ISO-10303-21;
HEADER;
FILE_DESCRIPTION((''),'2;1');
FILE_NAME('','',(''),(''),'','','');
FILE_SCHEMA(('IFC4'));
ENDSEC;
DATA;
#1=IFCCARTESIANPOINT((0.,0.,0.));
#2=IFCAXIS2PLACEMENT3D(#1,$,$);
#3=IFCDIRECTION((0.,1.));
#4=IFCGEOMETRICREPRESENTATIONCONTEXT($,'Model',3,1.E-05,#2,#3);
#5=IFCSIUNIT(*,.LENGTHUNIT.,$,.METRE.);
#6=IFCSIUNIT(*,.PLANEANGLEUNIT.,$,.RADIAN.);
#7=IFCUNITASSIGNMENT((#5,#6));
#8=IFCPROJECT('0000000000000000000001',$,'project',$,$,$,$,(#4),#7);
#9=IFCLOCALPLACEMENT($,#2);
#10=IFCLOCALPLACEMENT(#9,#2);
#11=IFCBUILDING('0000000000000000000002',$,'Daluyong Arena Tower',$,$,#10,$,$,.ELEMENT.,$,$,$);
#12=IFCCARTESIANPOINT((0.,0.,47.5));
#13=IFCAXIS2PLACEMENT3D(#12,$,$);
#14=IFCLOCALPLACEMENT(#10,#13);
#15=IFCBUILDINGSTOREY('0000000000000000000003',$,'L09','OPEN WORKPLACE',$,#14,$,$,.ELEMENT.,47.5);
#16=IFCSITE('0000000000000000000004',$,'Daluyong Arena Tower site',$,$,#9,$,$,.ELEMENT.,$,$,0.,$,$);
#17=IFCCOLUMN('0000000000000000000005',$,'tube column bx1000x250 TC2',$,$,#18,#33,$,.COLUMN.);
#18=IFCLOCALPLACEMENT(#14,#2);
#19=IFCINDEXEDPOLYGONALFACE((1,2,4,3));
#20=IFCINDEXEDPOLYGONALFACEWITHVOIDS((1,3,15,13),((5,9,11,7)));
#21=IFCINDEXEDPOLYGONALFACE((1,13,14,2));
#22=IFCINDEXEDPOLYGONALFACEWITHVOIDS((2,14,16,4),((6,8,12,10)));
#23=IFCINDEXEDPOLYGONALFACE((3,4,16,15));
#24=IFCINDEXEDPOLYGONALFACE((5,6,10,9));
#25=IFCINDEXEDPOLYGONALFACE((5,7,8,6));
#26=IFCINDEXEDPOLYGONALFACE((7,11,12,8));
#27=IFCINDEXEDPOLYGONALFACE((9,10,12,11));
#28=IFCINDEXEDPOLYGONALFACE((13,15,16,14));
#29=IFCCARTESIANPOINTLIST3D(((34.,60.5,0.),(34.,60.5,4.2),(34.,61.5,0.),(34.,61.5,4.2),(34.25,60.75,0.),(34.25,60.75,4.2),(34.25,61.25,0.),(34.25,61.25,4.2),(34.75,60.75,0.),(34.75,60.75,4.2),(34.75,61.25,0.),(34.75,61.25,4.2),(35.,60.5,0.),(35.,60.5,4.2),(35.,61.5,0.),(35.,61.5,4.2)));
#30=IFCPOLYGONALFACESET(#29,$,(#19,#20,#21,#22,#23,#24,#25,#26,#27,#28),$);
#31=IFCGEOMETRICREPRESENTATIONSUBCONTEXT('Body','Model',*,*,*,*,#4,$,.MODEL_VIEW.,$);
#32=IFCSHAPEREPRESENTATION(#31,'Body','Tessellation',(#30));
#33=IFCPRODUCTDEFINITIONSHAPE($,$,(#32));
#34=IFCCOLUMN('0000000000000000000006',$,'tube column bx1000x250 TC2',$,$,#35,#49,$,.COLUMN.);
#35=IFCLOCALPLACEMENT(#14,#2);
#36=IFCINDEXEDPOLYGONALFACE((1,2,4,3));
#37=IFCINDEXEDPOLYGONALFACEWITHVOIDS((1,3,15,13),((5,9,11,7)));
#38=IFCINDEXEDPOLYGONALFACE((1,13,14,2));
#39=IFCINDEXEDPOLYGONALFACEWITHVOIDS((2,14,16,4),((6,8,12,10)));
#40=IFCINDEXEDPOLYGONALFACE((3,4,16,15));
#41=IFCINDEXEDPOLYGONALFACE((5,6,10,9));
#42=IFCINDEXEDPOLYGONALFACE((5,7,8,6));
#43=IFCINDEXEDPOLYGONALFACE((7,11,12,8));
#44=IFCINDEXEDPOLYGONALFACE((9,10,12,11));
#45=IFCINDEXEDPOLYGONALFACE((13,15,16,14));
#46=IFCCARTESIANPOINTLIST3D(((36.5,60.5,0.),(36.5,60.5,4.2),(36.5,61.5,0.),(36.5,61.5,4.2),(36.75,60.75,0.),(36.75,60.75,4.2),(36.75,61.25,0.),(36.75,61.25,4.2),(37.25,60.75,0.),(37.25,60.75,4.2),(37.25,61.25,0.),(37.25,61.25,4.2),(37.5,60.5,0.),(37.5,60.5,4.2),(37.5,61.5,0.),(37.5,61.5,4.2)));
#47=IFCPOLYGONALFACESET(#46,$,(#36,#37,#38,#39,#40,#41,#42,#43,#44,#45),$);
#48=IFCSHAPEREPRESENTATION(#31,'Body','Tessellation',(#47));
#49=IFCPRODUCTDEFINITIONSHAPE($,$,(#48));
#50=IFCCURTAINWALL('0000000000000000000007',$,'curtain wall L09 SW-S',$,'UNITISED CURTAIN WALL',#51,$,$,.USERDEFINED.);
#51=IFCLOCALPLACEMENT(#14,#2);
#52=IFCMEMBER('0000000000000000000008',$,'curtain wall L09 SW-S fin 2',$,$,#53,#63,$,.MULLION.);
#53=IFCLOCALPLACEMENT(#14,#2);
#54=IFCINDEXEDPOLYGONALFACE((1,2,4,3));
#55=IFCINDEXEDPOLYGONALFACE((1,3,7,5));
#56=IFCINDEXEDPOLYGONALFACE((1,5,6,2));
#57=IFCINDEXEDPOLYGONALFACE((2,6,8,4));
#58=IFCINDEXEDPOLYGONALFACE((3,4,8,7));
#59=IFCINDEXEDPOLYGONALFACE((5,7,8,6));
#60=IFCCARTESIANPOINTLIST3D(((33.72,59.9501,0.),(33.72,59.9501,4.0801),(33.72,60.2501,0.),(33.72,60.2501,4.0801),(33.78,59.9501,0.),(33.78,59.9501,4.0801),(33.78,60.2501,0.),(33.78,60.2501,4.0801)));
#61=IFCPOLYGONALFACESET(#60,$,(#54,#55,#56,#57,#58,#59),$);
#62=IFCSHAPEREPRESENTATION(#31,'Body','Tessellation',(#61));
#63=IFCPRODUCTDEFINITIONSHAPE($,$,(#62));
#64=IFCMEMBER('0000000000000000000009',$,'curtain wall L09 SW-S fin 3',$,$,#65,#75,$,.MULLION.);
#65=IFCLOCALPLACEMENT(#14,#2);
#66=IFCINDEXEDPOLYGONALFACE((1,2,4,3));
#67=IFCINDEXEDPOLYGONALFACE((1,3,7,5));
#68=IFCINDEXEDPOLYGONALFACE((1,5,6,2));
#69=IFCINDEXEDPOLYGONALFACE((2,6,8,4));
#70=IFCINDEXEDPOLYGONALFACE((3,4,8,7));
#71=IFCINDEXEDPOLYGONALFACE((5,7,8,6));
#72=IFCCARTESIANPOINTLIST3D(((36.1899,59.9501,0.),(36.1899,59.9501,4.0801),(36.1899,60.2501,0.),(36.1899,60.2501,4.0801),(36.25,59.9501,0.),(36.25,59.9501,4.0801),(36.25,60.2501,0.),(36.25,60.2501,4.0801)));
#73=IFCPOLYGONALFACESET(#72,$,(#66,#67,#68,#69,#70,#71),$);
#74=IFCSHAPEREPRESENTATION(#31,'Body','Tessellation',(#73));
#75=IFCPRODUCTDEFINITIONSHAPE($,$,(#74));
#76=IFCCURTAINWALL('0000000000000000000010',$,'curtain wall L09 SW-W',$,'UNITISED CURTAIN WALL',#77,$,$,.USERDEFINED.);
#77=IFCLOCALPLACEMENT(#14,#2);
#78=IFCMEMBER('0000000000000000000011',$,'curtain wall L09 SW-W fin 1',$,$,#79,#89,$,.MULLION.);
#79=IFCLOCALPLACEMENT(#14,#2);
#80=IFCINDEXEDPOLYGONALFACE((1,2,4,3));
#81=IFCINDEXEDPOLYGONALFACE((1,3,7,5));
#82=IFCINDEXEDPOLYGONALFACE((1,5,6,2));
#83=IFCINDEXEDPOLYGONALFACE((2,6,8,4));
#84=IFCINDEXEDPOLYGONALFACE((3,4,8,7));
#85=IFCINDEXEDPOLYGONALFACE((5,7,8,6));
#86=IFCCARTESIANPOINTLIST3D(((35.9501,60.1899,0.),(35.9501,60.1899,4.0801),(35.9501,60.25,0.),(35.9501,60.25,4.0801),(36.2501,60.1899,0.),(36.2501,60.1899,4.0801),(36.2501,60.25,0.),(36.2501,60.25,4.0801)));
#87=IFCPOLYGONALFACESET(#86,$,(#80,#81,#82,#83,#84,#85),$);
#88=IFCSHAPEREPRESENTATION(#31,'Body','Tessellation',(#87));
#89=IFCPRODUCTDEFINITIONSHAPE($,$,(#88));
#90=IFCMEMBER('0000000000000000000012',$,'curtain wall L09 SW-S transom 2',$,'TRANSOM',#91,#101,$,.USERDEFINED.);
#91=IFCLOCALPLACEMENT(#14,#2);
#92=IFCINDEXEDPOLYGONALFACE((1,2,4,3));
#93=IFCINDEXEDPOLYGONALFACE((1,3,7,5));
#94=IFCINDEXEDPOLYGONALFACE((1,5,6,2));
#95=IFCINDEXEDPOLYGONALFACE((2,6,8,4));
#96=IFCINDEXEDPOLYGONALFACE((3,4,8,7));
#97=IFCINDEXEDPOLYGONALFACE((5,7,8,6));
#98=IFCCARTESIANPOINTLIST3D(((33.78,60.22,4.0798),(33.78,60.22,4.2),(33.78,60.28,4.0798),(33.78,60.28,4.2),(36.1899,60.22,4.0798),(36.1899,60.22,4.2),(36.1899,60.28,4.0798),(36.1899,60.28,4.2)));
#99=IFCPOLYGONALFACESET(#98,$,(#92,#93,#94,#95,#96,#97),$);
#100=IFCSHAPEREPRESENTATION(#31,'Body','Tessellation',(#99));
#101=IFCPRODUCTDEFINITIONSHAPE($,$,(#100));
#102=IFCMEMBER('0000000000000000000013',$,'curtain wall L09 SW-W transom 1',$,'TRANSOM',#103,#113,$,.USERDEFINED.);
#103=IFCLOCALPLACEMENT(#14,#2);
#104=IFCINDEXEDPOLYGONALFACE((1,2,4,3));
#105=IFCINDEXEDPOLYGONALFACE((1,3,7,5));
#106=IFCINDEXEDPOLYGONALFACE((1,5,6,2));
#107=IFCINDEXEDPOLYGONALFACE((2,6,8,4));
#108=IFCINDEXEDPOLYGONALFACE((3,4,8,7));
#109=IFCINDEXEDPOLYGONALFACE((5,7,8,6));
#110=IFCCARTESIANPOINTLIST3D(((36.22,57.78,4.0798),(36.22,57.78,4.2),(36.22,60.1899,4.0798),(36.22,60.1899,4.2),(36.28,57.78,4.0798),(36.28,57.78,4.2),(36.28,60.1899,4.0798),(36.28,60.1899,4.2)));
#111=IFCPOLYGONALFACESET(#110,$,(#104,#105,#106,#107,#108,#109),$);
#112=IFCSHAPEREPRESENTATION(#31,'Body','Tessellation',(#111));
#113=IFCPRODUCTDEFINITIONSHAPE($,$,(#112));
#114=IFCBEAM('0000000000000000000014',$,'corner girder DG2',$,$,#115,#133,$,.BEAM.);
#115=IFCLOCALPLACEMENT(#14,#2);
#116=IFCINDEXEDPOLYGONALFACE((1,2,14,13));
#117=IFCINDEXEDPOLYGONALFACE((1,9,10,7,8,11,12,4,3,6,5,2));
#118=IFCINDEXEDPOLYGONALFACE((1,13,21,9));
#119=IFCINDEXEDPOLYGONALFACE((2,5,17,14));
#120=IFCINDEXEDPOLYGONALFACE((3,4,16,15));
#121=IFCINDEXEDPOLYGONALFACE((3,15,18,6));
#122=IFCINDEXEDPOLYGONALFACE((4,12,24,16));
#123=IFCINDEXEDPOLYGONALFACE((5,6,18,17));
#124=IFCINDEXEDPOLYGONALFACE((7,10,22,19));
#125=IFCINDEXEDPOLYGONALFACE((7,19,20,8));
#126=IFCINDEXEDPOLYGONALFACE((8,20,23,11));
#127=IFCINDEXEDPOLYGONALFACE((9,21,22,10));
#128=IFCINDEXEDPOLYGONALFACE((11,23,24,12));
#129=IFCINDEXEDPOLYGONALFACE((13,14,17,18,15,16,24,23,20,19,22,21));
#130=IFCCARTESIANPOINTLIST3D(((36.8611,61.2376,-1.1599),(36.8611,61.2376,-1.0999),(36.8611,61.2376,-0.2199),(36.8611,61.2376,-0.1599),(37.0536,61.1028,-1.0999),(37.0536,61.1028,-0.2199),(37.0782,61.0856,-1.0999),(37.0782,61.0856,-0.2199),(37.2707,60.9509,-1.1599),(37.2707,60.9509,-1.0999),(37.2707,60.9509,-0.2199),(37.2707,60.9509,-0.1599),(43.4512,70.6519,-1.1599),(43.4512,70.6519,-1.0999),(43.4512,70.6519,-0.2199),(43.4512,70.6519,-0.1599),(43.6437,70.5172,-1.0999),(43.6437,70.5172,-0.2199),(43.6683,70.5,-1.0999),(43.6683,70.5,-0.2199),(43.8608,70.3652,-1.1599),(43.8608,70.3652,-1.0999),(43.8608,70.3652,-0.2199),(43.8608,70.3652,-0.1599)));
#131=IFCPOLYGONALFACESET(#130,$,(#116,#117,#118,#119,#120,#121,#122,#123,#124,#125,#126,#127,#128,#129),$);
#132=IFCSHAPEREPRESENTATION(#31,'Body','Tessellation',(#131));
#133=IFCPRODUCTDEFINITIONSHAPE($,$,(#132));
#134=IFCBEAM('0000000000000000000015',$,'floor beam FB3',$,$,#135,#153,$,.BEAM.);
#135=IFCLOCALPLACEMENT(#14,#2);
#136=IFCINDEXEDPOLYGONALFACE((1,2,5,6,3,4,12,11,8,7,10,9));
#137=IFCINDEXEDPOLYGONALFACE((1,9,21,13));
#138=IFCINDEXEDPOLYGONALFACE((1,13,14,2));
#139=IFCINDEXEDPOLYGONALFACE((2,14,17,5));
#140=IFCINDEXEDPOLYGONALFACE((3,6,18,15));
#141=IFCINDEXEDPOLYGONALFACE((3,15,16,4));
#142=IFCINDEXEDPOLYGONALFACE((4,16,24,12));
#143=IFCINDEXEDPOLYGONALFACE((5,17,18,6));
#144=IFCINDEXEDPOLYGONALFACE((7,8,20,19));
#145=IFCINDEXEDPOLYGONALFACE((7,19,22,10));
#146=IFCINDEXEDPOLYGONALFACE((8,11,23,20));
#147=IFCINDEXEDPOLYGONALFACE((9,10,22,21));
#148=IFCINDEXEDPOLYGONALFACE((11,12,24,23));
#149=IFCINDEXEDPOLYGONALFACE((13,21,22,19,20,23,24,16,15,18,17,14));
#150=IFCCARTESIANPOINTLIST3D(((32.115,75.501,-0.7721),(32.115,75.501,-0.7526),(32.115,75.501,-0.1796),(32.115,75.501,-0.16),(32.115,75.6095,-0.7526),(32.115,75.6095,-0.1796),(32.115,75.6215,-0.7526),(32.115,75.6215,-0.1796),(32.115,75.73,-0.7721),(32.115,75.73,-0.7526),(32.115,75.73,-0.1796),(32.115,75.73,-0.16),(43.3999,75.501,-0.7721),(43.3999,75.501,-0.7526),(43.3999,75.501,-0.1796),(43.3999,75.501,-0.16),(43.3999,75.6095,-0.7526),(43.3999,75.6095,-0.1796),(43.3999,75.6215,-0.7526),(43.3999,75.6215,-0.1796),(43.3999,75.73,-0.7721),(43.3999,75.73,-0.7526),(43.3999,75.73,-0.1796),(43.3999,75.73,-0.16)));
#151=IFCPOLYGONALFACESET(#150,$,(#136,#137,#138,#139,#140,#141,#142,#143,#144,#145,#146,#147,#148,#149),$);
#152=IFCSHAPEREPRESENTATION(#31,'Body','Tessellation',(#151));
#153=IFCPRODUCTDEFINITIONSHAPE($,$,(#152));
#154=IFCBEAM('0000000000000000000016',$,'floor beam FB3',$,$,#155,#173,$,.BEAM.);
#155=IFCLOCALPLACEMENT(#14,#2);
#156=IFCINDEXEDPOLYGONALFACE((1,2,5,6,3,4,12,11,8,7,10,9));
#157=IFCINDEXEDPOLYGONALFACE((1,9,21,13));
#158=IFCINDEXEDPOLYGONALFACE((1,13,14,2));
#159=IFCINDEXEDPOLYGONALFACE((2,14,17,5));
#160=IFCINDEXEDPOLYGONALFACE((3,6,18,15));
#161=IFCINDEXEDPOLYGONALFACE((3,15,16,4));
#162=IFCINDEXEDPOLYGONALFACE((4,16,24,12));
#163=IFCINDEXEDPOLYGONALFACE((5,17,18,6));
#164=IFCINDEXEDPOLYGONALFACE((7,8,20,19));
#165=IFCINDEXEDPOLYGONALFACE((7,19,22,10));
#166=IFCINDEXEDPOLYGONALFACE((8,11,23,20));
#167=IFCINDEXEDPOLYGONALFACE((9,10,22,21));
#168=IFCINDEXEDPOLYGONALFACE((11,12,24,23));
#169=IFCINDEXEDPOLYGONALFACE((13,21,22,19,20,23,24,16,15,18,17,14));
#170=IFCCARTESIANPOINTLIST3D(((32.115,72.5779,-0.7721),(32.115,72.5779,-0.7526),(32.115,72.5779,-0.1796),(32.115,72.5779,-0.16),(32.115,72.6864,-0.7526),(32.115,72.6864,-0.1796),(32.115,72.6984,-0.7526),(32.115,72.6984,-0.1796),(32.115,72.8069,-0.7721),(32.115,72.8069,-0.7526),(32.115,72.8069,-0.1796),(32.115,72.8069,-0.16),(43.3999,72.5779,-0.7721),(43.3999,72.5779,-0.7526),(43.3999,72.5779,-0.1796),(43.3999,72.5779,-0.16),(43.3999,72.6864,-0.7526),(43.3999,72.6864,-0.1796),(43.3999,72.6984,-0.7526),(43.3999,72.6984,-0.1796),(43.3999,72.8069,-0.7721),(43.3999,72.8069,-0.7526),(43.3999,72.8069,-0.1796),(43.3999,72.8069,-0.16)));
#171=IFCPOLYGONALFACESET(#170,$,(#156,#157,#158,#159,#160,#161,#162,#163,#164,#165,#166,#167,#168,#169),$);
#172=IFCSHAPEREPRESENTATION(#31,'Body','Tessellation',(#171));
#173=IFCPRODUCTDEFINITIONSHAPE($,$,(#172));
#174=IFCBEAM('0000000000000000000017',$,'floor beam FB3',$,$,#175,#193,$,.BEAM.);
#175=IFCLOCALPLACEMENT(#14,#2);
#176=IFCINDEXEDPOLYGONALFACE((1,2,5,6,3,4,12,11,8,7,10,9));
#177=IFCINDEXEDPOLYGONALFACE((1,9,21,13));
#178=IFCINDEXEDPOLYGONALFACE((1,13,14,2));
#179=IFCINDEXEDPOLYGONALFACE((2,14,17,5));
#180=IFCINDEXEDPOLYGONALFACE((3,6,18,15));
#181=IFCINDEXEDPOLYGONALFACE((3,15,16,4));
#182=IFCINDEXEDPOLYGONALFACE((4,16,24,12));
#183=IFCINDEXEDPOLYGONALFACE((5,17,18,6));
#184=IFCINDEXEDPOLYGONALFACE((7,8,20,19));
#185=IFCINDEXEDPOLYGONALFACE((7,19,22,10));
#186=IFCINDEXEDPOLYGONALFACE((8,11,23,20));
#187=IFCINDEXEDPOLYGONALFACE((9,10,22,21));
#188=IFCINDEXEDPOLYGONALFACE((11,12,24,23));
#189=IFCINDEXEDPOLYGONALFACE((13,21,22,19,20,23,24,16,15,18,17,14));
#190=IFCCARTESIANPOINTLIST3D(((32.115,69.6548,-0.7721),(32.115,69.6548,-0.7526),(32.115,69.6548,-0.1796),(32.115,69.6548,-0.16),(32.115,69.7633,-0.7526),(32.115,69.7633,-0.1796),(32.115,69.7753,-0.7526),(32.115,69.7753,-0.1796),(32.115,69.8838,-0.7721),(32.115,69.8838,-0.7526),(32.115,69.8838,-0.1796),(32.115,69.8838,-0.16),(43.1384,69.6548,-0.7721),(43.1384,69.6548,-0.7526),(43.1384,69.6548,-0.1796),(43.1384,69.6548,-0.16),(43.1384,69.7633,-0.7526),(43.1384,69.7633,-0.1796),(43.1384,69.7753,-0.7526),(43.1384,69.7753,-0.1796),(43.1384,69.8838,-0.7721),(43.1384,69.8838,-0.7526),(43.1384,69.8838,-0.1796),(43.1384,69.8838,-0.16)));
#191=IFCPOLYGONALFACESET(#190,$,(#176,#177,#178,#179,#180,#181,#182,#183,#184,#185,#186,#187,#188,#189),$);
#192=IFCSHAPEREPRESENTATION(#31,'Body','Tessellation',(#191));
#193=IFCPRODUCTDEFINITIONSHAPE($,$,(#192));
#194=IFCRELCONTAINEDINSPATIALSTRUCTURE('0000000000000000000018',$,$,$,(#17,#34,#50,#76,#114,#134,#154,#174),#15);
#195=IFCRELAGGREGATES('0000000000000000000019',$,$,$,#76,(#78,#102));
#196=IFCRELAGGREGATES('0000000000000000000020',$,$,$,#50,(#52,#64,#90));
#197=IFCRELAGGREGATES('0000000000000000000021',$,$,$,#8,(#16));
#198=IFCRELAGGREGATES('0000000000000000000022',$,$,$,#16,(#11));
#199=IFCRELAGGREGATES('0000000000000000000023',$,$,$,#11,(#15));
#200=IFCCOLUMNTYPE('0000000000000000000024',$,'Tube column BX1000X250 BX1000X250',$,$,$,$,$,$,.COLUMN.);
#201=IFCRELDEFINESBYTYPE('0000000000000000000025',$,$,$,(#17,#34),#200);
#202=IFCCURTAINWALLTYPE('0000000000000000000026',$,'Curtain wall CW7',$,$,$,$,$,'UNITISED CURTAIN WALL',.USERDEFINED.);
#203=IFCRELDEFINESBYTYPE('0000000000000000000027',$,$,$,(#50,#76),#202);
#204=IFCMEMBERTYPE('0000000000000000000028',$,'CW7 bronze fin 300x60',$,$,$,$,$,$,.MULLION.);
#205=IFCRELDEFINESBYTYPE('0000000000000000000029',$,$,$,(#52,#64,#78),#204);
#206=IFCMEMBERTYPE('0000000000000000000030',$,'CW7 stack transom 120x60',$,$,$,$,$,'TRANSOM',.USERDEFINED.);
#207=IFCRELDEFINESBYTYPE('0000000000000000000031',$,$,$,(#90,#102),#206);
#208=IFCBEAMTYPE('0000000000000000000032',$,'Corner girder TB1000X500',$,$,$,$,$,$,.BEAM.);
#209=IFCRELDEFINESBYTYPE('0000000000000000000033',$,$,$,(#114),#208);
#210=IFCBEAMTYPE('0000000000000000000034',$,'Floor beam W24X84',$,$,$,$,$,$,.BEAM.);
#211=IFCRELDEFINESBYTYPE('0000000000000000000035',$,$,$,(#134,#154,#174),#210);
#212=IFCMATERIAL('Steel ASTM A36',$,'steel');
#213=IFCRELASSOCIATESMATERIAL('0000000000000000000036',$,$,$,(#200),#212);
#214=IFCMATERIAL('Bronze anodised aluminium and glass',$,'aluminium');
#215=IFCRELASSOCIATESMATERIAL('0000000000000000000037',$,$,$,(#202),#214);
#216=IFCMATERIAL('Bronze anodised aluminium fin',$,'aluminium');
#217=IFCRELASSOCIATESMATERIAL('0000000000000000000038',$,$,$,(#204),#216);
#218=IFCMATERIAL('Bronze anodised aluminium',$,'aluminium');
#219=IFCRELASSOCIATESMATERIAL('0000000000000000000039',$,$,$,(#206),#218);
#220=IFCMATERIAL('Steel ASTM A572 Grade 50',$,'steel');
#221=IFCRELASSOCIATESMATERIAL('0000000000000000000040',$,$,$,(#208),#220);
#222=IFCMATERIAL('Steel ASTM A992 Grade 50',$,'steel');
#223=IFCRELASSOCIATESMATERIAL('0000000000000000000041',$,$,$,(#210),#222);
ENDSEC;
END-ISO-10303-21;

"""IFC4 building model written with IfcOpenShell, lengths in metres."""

from ifc_helpers import new_model, si_unit, direction, frame, origin, origin_2d, place, context, subcontext, project, spatial, rectangle, hollow_rectangle, i_section, extrude, material, material_profile, profile_set, type_object, element, aggregate, save


model = new_model("IFC4")

# Units and contexts
model_context = context("Model", 3, precision=1e-05, world=origin(), true_north=direction((0.0, 1.0)))
body_context = subcontext(model_context, "Body", "Model", "MODEL_VIEW")
ifc_project = project(units=[si_unit("LENGTHUNIT", "METRE"), si_unit("PLANEANGLEUNIT", "RADIAN")], contexts=[model_context])

# Site, building, storey
site_placement = place(None, origin())
site = spatial("IfcSite", under=ifc_project, at=site_placement, Name="Daluyong Arena Tower site", CompositionType="ELEMENT", RefElevation=0.0)
building_placement = place(site_placement, origin())
building = spatial("IfcBuilding", under=site, at=building_placement, Name="Daluyong Arena Tower", CompositionType="ELEMENT")
storey_placement = place(building_placement, frame((0.0, 0.0, 47.5)))
storey = spatial("IfcBuildingStorey", under=building, at=storey_placement, Name="L09", Description="OPEN WORKPLACE", CompositionType="ELEMENT", Elevation=47.5)

# Columns
ifc_material_1 = material(Name="Steel ASTM A36", Category="steel")
ifc_material_profile_1 = material_profile(ifc_material_1, hollow_rectangle(XDim=1.0, YDim=1.0, WallThickness=0.25, at=origin_2d()))
ifc_profile_set_1 = profile_set([ifc_material_profile_1], Name="Steel ASTM A36")
column_type = type_object("IfcColumnType", Name="Tube column BX1000X250 BX1000X250", PredefinedType="COLUMN", material=ifc_profile_set_1)
for number, where, z_axis, x_axis, name in (
    (1, (34.5, 61.0, 0.0), (0.0, 0.0, 1.0), (1.0, 0.0, 0.0), "tube column bx1000x250 TC2"),
    (2, (37.0, 61.0, 0.0), (0.0, 0.0, 1.0), (0.0, 1.0, 0.0), "tube column bx1000x250 TC2"),
):
    element("IfcColumn", number, at=place(storey_placement, frame(where, z_axis=z_axis, x_axis=x_axis)), inside=storey, type_object=column_type, Name=name, PredefinedType="COLUMN", context=body_context, shape_type="SweptSolid", body=[
        extrude(hollow_rectangle(XDim=1.0, YDim=1.0, WallThickness=0.25, at=origin_2d()), origin(), (0.0, 0.0, 1.0), 4.2),
    ])

# Curtain wall, members
ifc_material_2 = material(Name="Bronze anodised aluminium and glass", Category="aluminium")
curtain_wall_type = type_object("IfcCurtainWallType", Name="Curtain wall CW7", ElementType="UNITISED CURTAIN WALL", PredefinedType="USERDEFINED", material=ifc_material_2)
curtain_wall_1_placement = place(storey_placement, origin())
curtain_wall_1 = element("IfcCurtainWall", 3, at=curtain_wall_1_placement, inside=storey, type_object=curtain_wall_type, Name="curtain wall L09 SW-S", ObjectType="UNITISED CURTAIN WALL", PredefinedType="USERDEFINED")
ifc_material_3 = material(Name="Bronze anodised aluminium fin", Category="aluminium")
ifc_material_profile_2 = material_profile(ifc_material_3, rectangle(XDim=0.3, YDim=0.0601, at=origin_2d()))
ifc_profile_set_2 = profile_set([ifc_material_profile_2], Name="Bronze anodised aluminium fin")
member_type_1 = type_object("IfcMemberType", Name="CW7 bronze fin 300x60", PredefinedType="MULLION", material=ifc_profile_set_2)
member_1_placement = place(storey_placement, frame((33.75, 60.1001, 0.0), z_axis=(0.0, 0.0, 1.0), x_axis=(0.0, 1.0, 0.0)))
member_1 = element("IfcMember", 4, at=member_1_placement, type_object=member_type_1, Name="curtain wall L09 SW-S fin 2", PredefinedType="MULLION", context=body_context, shape_type="SweptSolid", body=[
    extrude(rectangle(XDim=0.3, YDim=0.0601, at=origin_2d()), origin(), (0.0, 0.0, 1.0), 4.0801),
])
member_2_placement = place(storey_placement, frame((36.22, 60.1001, 0.0), z_axis=(0.0, 0.0, 1.0), x_axis=(0.0, 1.0, 0.0)))
member_2 = element("IfcMember", 5, at=member_2_placement, type_object=member_type_1, Name="curtain wall L09 SW-S fin 3", PredefinedType="MULLION", context=body_context, shape_type="SweptSolid", body=[
    extrude(rectangle(XDim=0.3, YDim=0.0601, at=origin_2d()), origin(), (0.0, 0.0, 1.0), 4.0801),
])

# Curtain wall, member
curtain_wall_2_placement = place(storey_placement, origin())
curtain_wall_2 = element("IfcCurtainWall", 6, at=curtain_wall_2_placement, inside=storey, type_object=curtain_wall_type, Name="curtain wall L09 SW-W", ObjectType="UNITISED CURTAIN WALL", PredefinedType="USERDEFINED")
member_3_placement = place(storey_placement, frame((36.1001, 60.22, 0.0), z_axis=(0.0, 0.0, 1.0), x_axis=(1.0, 0.0, 0.0)))
member_3 = element("IfcMember", 7, at=member_3_placement, type_object=member_type_1, Name="curtain wall L09 SW-W fin 1", PredefinedType="MULLION", context=body_context, shape_type="SweptSolid", body=[
    extrude(rectangle(XDim=0.3, YDim=0.0601, at=origin_2d()), origin(), (0.0, 0.0, 1.0), 4.0801),
])

# Members
ifc_material_4 = material(Name="Bronze anodised aluminium", Category="aluminium")
ifc_material_profile_3 = material_profile(ifc_material_4, rectangle(XDim=0.0601, YDim=0.1201, at=origin_2d()))
ifc_profile_set_3 = profile_set([ifc_material_profile_3], Name="Bronze anodised aluminium")
member_type_2 = type_object("IfcMemberType", Name="CW7 stack transom 120x60", ElementType="TRANSOM", PredefinedType="USERDEFINED", material=ifc_profile_set_3)
member_4_placement = place(storey_placement, frame((33.78, 60.25, 4.1399), z_axis=(1.0, 0.0, 0.0), x_axis=(0.0, 1.0, 0.0)))
member_4 = element("IfcMember", 8, at=member_4_placement, type_object=member_type_2, Name="curtain wall L09 SW-S transom 2", ObjectType="TRANSOM", PredefinedType="USERDEFINED", context=body_context, shape_type="SweptSolid", body=[
    extrude(rectangle(XDim=0.0601, YDim=0.1201, at=origin_2d()), origin(), (0.0, 0.0, 1.0), 2.4099),
])
member_5_placement = place(storey_placement, frame((36.25, 60.1899, 4.1399), z_axis=(0.0, -1.0, 0.0), x_axis=(1.0, 0.0, 0.0)))
member_5 = element("IfcMember", 9, at=member_5_placement, type_object=member_type_2, Name="curtain wall L09 SW-W transom 1", ObjectType="TRANSOM", PredefinedType="USERDEFINED", context=body_context, shape_type="SweptSolid", body=[
    extrude(rectangle(XDim=0.0601, YDim=0.1201, at=origin_2d()), origin(), (0.0, 0.0, 1.0), 2.4099),
])
aggregate(curtain_wall_2, [member_3, member_5])

# Beams
ifc_material_5 = material(Name="Steel ASTM A572 Grade 50", Category="steel")
ifc_material_profile_4 = material_profile(ifc_material_5, i_section(OverallWidth=0.5, OverallDepth=1.0, WebThickness=0.03, FlangeThickness=0.06, at=origin_2d()))
ifc_profile_set_4 = profile_set([ifc_material_profile_4], Name="Steel ASTM A572 Grade 50")
beam_type_1 = type_object("IfcBeamType", Name="Corner girder TB1000X500", PredefinedType="BEAM", material=ifc_profile_set_4)
beam_1_placement = place(storey_placement, frame((37.0659, 61.0942, -0.6599), z_axis=(0.573467, 0.819229, 0.0), x_axis=(-0.819229, 0.573467, 0.0)))
element("IfcBeam", 10, at=beam_1_placement, inside=storey, type_object=beam_type_1, Name="corner girder DG2", PredefinedType="BEAM", context=body_context, shape_type="SweptSolid", body=[
    extrude(i_section(OverallWidth=0.5, OverallDepth=1.0, WebThickness=0.03, FlangeThickness=0.06, at=origin_2d()), origin(), (0.0, 0.0, 1.0), 11.4917),
])
ifc_material_6 = material(Name="Steel ASTM A992 Grade 50", Category="steel")
ifc_material_profile_5 = material_profile(ifc_material_6, i_section(OverallWidth=0.229, OverallDepth=0.6121, WebThickness=0.012, FlangeThickness=0.0195, at=origin_2d()))
ifc_profile_set_5 = profile_set([ifc_material_profile_5], Name="Steel ASTM A992 Grade 50")
beam_type_2 = type_object("IfcBeamType", Name="Floor beam W24X84", PredefinedType="BEAM", material=ifc_profile_set_5)
for number, where, z_axis, x_axis, name in (
    (11, (32.115, 75.6155, -0.4661), (1.0, 0.0, 0.0), (0.0, 1.0, 0.0), "floor beam FB3"),
    (12, (32.115, 72.6924, -0.4661), (1.0, 0.0, 0.0), (0.0, 1.0, 0.0), "floor beam FB3"),
):
    element("IfcBeam", number, at=place(storey_placement, frame(where, z_axis=z_axis, x_axis=x_axis)), inside=storey, type_object=beam_type_2, Name=name, PredefinedType="BEAM", context=body_context, shape_type="SweptSolid", body=[
        extrude(i_section(OverallWidth=0.229, OverallDepth=0.6121, WebThickness=0.012, FlangeThickness=0.0195, at=origin_2d()), origin(), (0.0, 0.0, 1.0), 11.2849),
    ])
beam_2_placement = place(storey_placement, frame((32.115, 69.7693, -0.4661), z_axis=(1.0, 0.0, 0.0), x_axis=(0.0, 1.0, 0.0)))
element("IfcBeam", 13, at=beam_2_placement, inside=storey, type_object=beam_type_2, Name="floor beam FB3", PredefinedType="BEAM", context=body_context, shape_type="SweptSolid", body=[
    extrude(i_section(OverallWidth=0.229, OverallDepth=0.6121, WebThickness=0.012, FlangeThickness=0.0195, at=origin_2d()), origin(), (0.0, 0.0, 1.0), 11.0234),
])

aggregate(curtain_wall_1, [member_1, member_2, member_4])

save(model, "model.ifc")
